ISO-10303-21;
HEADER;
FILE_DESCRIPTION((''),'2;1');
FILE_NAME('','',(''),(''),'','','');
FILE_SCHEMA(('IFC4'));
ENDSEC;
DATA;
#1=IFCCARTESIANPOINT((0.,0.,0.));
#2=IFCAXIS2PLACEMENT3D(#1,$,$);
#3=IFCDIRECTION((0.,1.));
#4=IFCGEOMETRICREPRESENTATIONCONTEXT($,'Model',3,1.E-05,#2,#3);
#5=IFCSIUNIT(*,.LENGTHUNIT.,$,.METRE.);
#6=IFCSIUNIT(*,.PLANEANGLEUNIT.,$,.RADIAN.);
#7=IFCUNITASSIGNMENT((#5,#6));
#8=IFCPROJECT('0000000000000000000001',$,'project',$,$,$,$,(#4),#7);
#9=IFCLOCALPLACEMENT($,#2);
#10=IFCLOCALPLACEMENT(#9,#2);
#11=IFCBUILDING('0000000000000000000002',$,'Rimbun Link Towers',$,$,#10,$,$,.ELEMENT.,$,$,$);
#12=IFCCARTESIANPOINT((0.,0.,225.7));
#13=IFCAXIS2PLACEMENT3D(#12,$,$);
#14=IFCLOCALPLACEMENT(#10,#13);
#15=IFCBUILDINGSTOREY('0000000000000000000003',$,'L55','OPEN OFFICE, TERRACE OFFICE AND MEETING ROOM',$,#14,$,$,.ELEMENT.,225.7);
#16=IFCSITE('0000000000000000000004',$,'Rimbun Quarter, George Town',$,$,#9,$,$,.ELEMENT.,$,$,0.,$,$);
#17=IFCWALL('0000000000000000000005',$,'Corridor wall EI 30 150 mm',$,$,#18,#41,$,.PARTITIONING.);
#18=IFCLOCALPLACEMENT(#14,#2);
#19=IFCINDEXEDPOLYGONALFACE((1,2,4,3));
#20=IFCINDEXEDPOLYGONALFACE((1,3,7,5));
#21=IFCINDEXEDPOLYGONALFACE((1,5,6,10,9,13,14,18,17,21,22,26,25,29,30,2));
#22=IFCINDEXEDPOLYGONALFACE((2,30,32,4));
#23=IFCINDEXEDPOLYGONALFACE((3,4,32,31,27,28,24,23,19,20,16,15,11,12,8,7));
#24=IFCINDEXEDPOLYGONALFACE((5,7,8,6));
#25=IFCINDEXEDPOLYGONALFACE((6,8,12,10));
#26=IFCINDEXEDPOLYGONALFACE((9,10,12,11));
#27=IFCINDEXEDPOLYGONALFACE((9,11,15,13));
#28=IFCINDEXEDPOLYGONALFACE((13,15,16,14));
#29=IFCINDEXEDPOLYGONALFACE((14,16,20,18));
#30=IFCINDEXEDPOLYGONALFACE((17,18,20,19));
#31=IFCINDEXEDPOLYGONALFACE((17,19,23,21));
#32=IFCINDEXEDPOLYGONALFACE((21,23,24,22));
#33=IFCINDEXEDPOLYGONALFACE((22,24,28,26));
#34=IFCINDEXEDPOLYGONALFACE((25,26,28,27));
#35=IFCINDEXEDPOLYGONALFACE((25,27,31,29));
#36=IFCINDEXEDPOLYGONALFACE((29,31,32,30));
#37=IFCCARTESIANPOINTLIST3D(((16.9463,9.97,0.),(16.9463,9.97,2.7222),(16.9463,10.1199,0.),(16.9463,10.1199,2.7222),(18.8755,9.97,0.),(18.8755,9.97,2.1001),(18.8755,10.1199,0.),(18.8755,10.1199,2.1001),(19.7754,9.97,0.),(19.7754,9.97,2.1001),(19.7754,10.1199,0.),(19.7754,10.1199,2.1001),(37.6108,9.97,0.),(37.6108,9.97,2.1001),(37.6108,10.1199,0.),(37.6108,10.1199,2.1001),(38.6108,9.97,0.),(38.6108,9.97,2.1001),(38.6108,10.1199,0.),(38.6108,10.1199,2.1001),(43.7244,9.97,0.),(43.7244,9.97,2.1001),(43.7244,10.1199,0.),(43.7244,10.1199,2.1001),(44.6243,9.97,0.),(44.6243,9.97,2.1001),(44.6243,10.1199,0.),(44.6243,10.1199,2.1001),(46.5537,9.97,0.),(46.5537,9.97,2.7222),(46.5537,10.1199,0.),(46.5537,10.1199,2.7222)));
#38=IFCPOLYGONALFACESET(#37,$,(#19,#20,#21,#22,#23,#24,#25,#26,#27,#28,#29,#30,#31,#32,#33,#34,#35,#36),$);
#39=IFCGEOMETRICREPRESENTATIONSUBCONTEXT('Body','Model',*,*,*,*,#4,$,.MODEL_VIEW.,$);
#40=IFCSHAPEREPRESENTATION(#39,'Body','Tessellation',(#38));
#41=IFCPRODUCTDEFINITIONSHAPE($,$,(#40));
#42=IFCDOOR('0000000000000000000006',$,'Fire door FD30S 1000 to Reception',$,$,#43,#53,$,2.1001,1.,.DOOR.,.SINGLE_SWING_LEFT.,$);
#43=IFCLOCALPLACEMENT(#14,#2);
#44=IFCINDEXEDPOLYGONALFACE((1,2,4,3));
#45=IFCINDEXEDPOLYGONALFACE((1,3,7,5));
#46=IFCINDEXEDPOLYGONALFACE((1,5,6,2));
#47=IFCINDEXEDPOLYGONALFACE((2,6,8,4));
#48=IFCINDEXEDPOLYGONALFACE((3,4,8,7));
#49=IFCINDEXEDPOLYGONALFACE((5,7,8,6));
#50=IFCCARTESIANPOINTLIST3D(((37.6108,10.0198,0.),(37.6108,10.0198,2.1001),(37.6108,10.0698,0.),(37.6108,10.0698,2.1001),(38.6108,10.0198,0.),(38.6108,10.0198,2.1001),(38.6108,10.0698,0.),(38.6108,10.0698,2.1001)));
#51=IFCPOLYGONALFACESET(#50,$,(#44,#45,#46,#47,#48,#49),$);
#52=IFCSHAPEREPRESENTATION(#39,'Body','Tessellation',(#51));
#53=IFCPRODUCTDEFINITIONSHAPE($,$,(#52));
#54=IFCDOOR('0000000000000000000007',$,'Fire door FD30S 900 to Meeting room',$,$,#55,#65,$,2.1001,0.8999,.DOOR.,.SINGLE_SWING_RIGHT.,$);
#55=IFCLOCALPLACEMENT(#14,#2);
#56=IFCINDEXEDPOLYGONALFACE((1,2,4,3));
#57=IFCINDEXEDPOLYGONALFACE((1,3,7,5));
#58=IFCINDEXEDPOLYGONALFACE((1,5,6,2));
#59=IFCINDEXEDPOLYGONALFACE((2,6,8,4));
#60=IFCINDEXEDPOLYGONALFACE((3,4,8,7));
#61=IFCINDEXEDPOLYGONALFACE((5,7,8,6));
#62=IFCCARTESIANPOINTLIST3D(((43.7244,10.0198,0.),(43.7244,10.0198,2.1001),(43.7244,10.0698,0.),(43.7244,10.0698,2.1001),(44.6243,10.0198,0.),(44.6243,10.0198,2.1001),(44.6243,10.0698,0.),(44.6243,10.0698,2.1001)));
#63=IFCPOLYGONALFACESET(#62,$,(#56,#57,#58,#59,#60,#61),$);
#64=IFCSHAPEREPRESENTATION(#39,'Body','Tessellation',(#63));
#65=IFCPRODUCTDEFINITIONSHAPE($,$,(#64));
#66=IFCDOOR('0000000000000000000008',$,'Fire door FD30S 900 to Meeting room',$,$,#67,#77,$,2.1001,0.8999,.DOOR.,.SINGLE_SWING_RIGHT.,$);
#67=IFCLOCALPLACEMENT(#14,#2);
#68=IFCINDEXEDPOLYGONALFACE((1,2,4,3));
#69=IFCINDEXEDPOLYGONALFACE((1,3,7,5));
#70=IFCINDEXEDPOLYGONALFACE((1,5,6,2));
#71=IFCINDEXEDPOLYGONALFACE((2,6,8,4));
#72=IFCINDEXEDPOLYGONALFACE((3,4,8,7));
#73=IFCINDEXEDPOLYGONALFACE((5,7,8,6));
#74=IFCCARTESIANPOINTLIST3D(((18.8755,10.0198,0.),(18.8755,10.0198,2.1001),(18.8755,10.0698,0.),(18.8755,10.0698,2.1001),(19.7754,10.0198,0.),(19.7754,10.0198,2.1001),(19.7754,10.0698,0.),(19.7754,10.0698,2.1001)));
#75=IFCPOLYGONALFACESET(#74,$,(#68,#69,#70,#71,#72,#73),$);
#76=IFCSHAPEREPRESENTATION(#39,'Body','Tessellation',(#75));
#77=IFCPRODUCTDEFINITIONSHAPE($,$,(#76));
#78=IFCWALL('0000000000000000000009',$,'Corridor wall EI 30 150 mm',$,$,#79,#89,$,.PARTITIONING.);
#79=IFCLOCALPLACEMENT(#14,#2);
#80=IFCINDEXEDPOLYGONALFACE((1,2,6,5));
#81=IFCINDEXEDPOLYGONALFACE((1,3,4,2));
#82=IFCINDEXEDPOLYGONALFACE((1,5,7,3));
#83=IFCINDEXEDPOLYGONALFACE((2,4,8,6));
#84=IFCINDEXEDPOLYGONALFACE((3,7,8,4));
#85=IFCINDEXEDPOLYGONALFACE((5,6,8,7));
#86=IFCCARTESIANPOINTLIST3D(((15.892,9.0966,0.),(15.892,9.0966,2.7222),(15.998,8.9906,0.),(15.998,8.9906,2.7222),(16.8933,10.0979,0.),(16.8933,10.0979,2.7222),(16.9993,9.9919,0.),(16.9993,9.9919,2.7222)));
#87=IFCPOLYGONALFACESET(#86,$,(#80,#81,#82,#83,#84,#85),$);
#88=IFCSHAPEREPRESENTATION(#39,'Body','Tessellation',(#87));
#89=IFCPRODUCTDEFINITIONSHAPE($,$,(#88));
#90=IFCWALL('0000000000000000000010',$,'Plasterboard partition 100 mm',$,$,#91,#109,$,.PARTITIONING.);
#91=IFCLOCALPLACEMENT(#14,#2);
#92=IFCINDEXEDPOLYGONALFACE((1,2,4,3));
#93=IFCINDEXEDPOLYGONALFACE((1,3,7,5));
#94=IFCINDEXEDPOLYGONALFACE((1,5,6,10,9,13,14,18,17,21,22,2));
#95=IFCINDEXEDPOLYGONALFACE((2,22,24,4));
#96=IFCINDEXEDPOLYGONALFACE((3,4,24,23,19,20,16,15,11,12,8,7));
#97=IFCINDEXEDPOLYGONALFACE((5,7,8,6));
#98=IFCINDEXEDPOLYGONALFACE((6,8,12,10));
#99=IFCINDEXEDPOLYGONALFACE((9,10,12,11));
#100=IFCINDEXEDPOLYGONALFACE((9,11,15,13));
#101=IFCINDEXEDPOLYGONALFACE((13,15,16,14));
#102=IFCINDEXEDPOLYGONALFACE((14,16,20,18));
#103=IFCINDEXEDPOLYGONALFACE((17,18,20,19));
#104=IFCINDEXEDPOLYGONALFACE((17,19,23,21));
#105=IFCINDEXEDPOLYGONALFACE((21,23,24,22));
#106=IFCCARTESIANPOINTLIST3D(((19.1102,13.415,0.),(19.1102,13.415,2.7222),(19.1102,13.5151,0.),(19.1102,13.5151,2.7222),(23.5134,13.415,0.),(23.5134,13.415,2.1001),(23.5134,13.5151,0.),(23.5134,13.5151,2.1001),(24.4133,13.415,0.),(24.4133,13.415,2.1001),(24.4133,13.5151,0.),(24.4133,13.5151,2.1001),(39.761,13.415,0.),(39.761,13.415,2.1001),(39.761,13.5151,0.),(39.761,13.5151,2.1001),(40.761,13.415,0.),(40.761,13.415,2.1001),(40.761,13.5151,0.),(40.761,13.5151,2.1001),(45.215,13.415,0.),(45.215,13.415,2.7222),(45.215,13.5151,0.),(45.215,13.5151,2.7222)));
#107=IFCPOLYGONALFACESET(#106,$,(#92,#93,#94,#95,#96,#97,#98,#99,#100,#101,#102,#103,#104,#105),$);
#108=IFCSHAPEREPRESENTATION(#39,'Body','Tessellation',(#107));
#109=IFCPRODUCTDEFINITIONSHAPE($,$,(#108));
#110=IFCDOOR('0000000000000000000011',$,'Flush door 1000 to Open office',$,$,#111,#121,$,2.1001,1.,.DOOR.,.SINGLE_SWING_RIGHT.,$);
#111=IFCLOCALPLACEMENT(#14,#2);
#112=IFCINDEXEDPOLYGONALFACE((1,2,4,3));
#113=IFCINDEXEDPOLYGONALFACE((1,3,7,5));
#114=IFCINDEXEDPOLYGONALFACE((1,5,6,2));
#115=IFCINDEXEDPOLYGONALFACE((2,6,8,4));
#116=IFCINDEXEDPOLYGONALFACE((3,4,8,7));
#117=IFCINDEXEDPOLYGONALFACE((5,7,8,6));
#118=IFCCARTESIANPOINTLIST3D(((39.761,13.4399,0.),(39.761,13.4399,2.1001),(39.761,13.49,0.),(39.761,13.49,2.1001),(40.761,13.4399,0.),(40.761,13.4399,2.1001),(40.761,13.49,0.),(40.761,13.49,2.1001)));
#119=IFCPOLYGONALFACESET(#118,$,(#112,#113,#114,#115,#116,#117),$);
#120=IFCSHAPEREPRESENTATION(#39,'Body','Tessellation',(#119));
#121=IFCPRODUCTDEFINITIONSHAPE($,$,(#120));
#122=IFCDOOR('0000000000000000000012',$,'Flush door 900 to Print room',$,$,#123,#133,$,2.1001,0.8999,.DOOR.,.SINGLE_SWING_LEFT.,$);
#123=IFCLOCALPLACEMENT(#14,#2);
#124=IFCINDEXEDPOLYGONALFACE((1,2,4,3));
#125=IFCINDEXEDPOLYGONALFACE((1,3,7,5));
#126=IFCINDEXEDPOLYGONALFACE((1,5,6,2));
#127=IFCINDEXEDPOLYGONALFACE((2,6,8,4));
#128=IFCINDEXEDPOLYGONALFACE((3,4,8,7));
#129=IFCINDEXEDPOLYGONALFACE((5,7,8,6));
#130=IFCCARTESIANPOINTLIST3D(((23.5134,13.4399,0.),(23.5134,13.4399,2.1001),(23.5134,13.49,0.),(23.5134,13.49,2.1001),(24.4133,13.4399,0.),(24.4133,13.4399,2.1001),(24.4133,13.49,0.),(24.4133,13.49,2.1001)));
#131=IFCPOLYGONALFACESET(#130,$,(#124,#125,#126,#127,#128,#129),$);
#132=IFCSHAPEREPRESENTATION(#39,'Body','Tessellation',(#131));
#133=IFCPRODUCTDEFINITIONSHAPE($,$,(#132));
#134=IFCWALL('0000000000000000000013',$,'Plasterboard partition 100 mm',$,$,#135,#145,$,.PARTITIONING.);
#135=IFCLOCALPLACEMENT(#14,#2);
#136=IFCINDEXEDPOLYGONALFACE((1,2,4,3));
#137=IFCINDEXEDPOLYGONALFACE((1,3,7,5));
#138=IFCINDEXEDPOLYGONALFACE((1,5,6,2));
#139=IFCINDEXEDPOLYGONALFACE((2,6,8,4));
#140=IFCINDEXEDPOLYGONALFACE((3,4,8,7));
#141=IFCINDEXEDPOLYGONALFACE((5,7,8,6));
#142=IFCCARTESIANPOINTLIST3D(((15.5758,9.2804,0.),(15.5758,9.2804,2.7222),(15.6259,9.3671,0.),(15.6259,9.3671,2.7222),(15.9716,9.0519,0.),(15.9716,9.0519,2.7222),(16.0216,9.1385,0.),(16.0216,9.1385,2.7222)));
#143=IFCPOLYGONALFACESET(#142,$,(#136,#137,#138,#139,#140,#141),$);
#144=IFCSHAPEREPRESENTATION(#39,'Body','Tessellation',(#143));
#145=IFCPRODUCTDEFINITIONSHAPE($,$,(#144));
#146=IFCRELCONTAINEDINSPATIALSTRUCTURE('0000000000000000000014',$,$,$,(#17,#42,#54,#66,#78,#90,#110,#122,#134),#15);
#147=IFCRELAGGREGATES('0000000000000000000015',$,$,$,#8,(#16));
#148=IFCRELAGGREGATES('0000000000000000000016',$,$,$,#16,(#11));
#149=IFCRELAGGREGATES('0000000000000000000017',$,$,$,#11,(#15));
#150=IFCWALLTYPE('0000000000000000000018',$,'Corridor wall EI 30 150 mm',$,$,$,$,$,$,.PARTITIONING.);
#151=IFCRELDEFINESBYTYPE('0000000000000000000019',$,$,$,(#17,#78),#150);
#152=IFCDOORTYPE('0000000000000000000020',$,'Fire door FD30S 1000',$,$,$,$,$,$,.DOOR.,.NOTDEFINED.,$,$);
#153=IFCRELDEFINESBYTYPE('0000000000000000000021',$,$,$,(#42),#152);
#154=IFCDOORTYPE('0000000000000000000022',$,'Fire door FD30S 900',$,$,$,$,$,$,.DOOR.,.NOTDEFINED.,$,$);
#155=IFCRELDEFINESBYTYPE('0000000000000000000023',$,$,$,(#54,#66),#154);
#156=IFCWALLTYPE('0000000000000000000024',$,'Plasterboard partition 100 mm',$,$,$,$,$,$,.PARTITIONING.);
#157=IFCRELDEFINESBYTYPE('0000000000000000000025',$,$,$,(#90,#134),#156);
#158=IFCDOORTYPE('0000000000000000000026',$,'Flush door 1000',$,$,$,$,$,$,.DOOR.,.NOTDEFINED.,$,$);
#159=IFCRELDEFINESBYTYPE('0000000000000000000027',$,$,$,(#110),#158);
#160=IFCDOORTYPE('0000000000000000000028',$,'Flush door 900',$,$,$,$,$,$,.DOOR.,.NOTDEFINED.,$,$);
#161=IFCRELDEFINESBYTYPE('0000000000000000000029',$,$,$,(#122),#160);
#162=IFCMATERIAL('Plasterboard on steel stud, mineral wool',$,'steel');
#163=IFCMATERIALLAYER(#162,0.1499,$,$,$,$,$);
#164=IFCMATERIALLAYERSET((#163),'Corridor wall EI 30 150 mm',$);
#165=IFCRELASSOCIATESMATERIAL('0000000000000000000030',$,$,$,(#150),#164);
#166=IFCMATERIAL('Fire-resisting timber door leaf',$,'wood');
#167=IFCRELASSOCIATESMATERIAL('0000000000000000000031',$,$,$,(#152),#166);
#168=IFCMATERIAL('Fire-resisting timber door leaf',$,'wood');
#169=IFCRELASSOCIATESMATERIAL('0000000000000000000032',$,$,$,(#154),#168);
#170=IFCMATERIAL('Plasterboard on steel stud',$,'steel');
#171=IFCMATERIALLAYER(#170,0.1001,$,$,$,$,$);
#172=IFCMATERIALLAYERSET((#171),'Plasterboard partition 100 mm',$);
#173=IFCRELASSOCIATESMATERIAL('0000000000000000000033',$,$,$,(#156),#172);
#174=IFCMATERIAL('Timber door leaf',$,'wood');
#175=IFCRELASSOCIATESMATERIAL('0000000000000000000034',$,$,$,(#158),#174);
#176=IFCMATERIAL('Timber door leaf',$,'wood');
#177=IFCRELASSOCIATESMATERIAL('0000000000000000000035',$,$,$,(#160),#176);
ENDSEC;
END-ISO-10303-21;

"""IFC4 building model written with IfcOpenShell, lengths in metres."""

from ifc_helpers import new_model, si_unit, direction, frame, frame_2d, origin, place, context, subcontext, project, spatial, rectangle, extrude, material, layer, layer_set, type_object, element, fill, save


model = new_model("IFC4")

# Units and contexts
model_context = context("Model", 3, precision=1e-05, world=origin(), true_north=direction((0.0, 1.0)))
body_context = subcontext(model_context, "Body", "Model", "MODEL_VIEW")
ifc_project = project(units=[si_unit("LENGTHUNIT", "METRE"), si_unit("PLANEANGLEUNIT", "RADIAN")], contexts=[model_context])

# Site, building, storey
site_placement = place(None, origin())
site = spatial("IfcSite", under=ifc_project, at=site_placement, Name="Rimbun Quarter, George Town", CompositionType="ELEMENT", RefElevation=0.0)
building_placement = place(site_placement, origin())
building = spatial("IfcBuilding", under=site, at=building_placement, Name="Rimbun Link Towers", CompositionType="ELEMENT")
storey_placement = place(building_placement, frame((0.0, 0.0, 225.7)))
storey = spatial("IfcBuildingStorey", under=building, at=storey_placement, Name="L55", Description="OPEN OFFICE, TERRACE OFFICE AND MEETING ROOM", CompositionType="ELEMENT", Elevation=225.7)

# Wall, openings, doors
ifc_material_1 = material(Name="Plasterboard on steel stud, mineral wool", Category="steel")
ifc_layer_1 = layer(ifc_material_1, 0.1499)
ifc_layer_set_1 = layer_set([ifc_layer_1], Name="Corridor wall EI 30 150 mm")
wall_type_1 = type_object("IfcWallType", Name="Corridor wall EI 30 150 mm", PredefinedType="PARTITIONING", material=ifc_layer_set_1)
wall_1_placement = place(storey_placement, frame((16.9463, 10.0449, 0.0), z_axis=(0.0, 0.0, 1.0), x_axis=(1.0, 0.0, 0.0)))
wall_1 = element("IfcWall", 1, at=wall_1_placement, inside=storey, type_object=wall_type_1, Name="Corridor wall EI 30 150 mm", PredefinedType="PARTITIONING", context=body_context, shape_type="SweptSolid", body=[
    extrude(rectangle(XDim=29.6074, YDim=0.1499, at=frame_2d((14.8037, 0.0))), origin(), (0.0, 0.0, 1.0), 2.7222),
])
opening_1_placement = place(wall_1_placement, frame((26.7781, 0.0, 0.0)))
opening_1 = element("IfcOpeningElement", 2, at=opening_1_placement, cuts=wall_1, PredefinedType="OPENING", context=body_context, shape_type="SweptSolid", body=[
    extrude(rectangle(XDim=0.8999, YDim=2.1001, at=frame_2d((0.45, 1.05))), frame((0.0, 0.085, 0.0), z_axis=(0.0, -1.0, 0.0), x_axis=(1.0, 0.0, 0.0)), (0.0, 0.0, 1.0), 0.1699),
])
opening_2_placement = place(wall_1_placement, frame((20.6646, 0.0, 0.0)))
opening_2 = element("IfcOpeningElement", 3, at=opening_2_placement, cuts=wall_1, PredefinedType="OPENING", context=body_context, shape_type="SweptSolid", body=[
    extrude(rectangle(XDim=1.0, YDim=2.1001, at=frame_2d((0.5, 1.05))), frame((0.0, 0.085, 0.0), z_axis=(0.0, -1.0, 0.0), x_axis=(1.0, 0.0, 0.0)), (0.0, 0.0, 1.0), 0.1699),
])
opening_3_placement = place(wall_1_placement, frame((1.9292, 0.0, 0.0)))
opening_3 = element("IfcOpeningElement", 4, at=opening_3_placement, cuts=wall_1, PredefinedType="OPENING", context=body_context, shape_type="SweptSolid", body=[
    extrude(rectangle(XDim=0.8999, YDim=2.1001, at=frame_2d((0.45, 1.05))), frame((0.0, 0.085, 0.0), z_axis=(0.0, -1.0, 0.0), x_axis=(1.0, 0.0, 0.0)), (0.0, 0.0, 1.0), 0.1699),
])
ifc_material_2 = material(Name="Fire-resisting timber door leaf", Category="wood")
door_type_1 = type_object("IfcDoorType", Name="Fire door FD30S 1000", OperationType="NOTDEFINED", PredefinedType="DOOR", material=ifc_material_2)
door_1_placement = place(opening_2_placement, origin())
door_1 = element("IfcDoor", 5, at=door_1_placement, inside=storey, type_object=door_type_1, Name="Fire door FD30S 1000 to Reception", OperationType="SINGLE_SWING_LEFT", OverallHeight=2.1001, OverallWidth=1.0, PredefinedType="DOOR", context=body_context, shape_type="SweptSolid", body=[
    extrude(rectangle(XDim=1.0, YDim=2.1001, at=frame_2d((0.5, 1.05))), frame((0.0, 0.0249, 0.0), z_axis=(0.0, -1.0, 0.0), x_axis=(1.0, 0.0, 0.0)), (0.0, 0.0, 1.0), 0.05),
])
fill(opening_2, door_1)
ifc_material_3 = material(Name="Fire-resisting timber door leaf", Category="wood")
door_type_2 = type_object("IfcDoorType", Name="Fire door FD30S 900", OperationType="NOTDEFINED", PredefinedType="DOOR", material=ifc_material_3)
door_2_placement = place(opening_1_placement, origin())
door_2 = element("IfcDoor", 6, at=door_2_placement, inside=storey, type_object=door_type_2, Name="Fire door FD30S 900 to Meeting room", OperationType="SINGLE_SWING_RIGHT", OverallHeight=2.1001, OverallWidth=0.8999, PredefinedType="DOOR", context=body_context, shape_type="SweptSolid", body=[
    extrude(rectangle(XDim=0.8999, YDim=2.1001, at=frame_2d((0.45, 1.05))), frame((0.0, 0.0249, 0.0), z_axis=(0.0, -1.0, 0.0), x_axis=(1.0, 0.0, 0.0)), (0.0, 0.0, 1.0), 0.05),
])
fill(opening_1, door_2)
door_3_placement = place(opening_3_placement, origin())
door_3 = element("IfcDoor", 7, at=door_3_placement, inside=storey, type_object=door_type_2, Name="Fire door FD30S 900 to Meeting room", OperationType="SINGLE_SWING_RIGHT", OverallHeight=2.1001, OverallWidth=0.8999, PredefinedType="DOOR", context=body_context, shape_type="SweptSolid", body=[
    extrude(rectangle(XDim=0.8999, YDim=2.1001, at=frame_2d((0.45, 1.05))), frame((0.0, 0.0249, 0.0), z_axis=(0.0, -1.0, 0.0), x_axis=(1.0, 0.0, 0.0)), (0.0, 0.0, 1.0), 0.05),
])
fill(opening_3, door_3)

# Wall
wall_2_placement = place(storey_placement, frame((16.9463, 10.0449, 0.0), z_axis=(0.0, 0.0, 1.0), x_axis=(-0.707107, -0.707107, 0.0)))
element("IfcWall", 8, at=wall_2_placement, inside=storey, type_object=wall_type_1, Name="Corridor wall EI 30 150 mm", PredefinedType="PARTITIONING", context=body_context, shape_type="SweptSolid", body=[
    extrude(rectangle(XDim=1.416, YDim=0.1499, at=frame_2d((0.708, 0.0))), origin(), (0.0, 0.0, 1.0), 2.7222),
])

# Wall, openings, doors
ifc_material_4 = material(Name="Plasterboard on steel stud", Category="steel")
ifc_layer_2 = layer(ifc_material_4, 0.1001)
ifc_layer_set_2 = layer_set([ifc_layer_2], Name="Plasterboard partition 100 mm")
wall_type_2 = type_object("IfcWallType", Name="Plasterboard partition 100 mm", PredefinedType="PARTITIONING", material=ifc_layer_set_2)
wall_3_placement = place(storey_placement, frame((19.1104, 13.4651, 0.0), z_axis=(0.0, 0.0, 1.0), x_axis=(1.0, 0.0, 0.0)))
wall_3 = element("IfcWall", 9, at=wall_3_placement, inside=storey, type_object=wall_type_2, Name="Plasterboard partition 100 mm", PredefinedType="PARTITIONING", context=body_context, shape_type="SweptSolid", body=[
    extrude(rectangle(XDim=26.1047, YDim=0.1001, at=frame_2d((13.0522, 0.0))), origin(), (0.0, 0.0, 1.0), 2.7222),
])
opening_4_placement = place(wall_3_placement, frame((20.6506, 0.0, 0.0)))
opening_4 = element("IfcOpeningElement", 10, at=opening_4_placement, cuts=wall_3, PredefinedType="OPENING", context=body_context, shape_type="SweptSolid", body=[
    extrude(rectangle(XDim=1.0, YDim=2.1001, at=frame_2d((0.5, 1.05))), frame((0.0, 0.0601, 0.0), z_axis=(0.0, -1.0, 0.0), x_axis=(1.0, 0.0, 0.0)), (0.0, 0.0, 1.0), 0.1201),
])
opening_5_placement = place(wall_3_placement, frame((4.4031, 0.0, 0.0)))
opening_5 = element("IfcOpeningElement", 11, at=opening_5_placement, cuts=wall_3, PredefinedType="OPENING", context=body_context, shape_type="SweptSolid", body=[
    extrude(rectangle(XDim=0.8999, YDim=2.1001, at=frame_2d((0.45, 1.05))), frame((0.0, 0.0601, 0.0), z_axis=(0.0, -1.0, 0.0), x_axis=(1.0, 0.0, 0.0)), (0.0, 0.0, 1.0), 0.1201),
])
ifc_material_5 = material(Name="Timber door leaf", Category="wood")
door_type_3 = type_object("IfcDoorType", Name="Flush door 1000", OperationType="NOTDEFINED", PredefinedType="DOOR", material=ifc_material_5)
door_4_placement = place(opening_4_placement, origin())
door_4 = element("IfcDoor", 12, at=door_4_placement, inside=storey, type_object=door_type_3, Name="Flush door 1000 to Open office", OperationType="SINGLE_SWING_RIGHT", OverallHeight=2.1001, OverallWidth=1.0, PredefinedType="DOOR", context=body_context, shape_type="SweptSolid", body=[
    extrude(rectangle(XDim=1.0, YDim=2.1001, at=frame_2d((0.5, 1.05))), frame((0.0, 0.0249, 0.0), z_axis=(0.0, -1.0, 0.0), x_axis=(1.0, 0.0, 0.0)), (0.0, 0.0, 1.0), 0.05),
])
fill(opening_4, door_4)
ifc_material_6 = material(Name="Timber door leaf", Category="wood")
door_type_4 = type_object("IfcDoorType", Name="Flush door 900", OperationType="NOTDEFINED", PredefinedType="DOOR", material=ifc_material_6)
door_5_placement = place(opening_5_placement, origin())
door_5 = element("IfcDoor", 13, at=door_5_placement, inside=storey, type_object=door_type_4, Name="Flush door 900 to Print room", OperationType="SINGLE_SWING_LEFT", OverallHeight=2.1001, OverallWidth=0.8999, PredefinedType="DOOR", context=body_context, shape_type="SweptSolid", body=[
    extrude(rectangle(XDim=0.8999, YDim=2.1001, at=frame_2d((0.45, 1.05))), frame((0.0, 0.0249, 0.0), z_axis=(0.0, -1.0, 0.0), x_axis=(1.0, 0.0, 0.0)), (0.0, 0.0, 1.0), 0.05),
])
fill(opening_5, door_5)

# Wall
wall_4_placement = place(storey_placement, frame((15.6008, 9.3237, 0.0), z_axis=(0.0, 0.0, 1.0), x_axis=(0.865999, -0.500046, 0.0)))
element("IfcWall", 14, at=wall_4_placement, inside=storey, type_object=wall_type_2, Name="Plasterboard partition 100 mm", PredefinedType="PARTITIONING", context=body_context, shape_type="SweptSolid", body=[
    extrude(rectangle(XDim=0.457, YDim=0.1001, at=frame_2d((0.2285, 0.0))), origin(), (0.0, 0.0, 1.0), 2.7222),
])

save(model, "model.ifc")
